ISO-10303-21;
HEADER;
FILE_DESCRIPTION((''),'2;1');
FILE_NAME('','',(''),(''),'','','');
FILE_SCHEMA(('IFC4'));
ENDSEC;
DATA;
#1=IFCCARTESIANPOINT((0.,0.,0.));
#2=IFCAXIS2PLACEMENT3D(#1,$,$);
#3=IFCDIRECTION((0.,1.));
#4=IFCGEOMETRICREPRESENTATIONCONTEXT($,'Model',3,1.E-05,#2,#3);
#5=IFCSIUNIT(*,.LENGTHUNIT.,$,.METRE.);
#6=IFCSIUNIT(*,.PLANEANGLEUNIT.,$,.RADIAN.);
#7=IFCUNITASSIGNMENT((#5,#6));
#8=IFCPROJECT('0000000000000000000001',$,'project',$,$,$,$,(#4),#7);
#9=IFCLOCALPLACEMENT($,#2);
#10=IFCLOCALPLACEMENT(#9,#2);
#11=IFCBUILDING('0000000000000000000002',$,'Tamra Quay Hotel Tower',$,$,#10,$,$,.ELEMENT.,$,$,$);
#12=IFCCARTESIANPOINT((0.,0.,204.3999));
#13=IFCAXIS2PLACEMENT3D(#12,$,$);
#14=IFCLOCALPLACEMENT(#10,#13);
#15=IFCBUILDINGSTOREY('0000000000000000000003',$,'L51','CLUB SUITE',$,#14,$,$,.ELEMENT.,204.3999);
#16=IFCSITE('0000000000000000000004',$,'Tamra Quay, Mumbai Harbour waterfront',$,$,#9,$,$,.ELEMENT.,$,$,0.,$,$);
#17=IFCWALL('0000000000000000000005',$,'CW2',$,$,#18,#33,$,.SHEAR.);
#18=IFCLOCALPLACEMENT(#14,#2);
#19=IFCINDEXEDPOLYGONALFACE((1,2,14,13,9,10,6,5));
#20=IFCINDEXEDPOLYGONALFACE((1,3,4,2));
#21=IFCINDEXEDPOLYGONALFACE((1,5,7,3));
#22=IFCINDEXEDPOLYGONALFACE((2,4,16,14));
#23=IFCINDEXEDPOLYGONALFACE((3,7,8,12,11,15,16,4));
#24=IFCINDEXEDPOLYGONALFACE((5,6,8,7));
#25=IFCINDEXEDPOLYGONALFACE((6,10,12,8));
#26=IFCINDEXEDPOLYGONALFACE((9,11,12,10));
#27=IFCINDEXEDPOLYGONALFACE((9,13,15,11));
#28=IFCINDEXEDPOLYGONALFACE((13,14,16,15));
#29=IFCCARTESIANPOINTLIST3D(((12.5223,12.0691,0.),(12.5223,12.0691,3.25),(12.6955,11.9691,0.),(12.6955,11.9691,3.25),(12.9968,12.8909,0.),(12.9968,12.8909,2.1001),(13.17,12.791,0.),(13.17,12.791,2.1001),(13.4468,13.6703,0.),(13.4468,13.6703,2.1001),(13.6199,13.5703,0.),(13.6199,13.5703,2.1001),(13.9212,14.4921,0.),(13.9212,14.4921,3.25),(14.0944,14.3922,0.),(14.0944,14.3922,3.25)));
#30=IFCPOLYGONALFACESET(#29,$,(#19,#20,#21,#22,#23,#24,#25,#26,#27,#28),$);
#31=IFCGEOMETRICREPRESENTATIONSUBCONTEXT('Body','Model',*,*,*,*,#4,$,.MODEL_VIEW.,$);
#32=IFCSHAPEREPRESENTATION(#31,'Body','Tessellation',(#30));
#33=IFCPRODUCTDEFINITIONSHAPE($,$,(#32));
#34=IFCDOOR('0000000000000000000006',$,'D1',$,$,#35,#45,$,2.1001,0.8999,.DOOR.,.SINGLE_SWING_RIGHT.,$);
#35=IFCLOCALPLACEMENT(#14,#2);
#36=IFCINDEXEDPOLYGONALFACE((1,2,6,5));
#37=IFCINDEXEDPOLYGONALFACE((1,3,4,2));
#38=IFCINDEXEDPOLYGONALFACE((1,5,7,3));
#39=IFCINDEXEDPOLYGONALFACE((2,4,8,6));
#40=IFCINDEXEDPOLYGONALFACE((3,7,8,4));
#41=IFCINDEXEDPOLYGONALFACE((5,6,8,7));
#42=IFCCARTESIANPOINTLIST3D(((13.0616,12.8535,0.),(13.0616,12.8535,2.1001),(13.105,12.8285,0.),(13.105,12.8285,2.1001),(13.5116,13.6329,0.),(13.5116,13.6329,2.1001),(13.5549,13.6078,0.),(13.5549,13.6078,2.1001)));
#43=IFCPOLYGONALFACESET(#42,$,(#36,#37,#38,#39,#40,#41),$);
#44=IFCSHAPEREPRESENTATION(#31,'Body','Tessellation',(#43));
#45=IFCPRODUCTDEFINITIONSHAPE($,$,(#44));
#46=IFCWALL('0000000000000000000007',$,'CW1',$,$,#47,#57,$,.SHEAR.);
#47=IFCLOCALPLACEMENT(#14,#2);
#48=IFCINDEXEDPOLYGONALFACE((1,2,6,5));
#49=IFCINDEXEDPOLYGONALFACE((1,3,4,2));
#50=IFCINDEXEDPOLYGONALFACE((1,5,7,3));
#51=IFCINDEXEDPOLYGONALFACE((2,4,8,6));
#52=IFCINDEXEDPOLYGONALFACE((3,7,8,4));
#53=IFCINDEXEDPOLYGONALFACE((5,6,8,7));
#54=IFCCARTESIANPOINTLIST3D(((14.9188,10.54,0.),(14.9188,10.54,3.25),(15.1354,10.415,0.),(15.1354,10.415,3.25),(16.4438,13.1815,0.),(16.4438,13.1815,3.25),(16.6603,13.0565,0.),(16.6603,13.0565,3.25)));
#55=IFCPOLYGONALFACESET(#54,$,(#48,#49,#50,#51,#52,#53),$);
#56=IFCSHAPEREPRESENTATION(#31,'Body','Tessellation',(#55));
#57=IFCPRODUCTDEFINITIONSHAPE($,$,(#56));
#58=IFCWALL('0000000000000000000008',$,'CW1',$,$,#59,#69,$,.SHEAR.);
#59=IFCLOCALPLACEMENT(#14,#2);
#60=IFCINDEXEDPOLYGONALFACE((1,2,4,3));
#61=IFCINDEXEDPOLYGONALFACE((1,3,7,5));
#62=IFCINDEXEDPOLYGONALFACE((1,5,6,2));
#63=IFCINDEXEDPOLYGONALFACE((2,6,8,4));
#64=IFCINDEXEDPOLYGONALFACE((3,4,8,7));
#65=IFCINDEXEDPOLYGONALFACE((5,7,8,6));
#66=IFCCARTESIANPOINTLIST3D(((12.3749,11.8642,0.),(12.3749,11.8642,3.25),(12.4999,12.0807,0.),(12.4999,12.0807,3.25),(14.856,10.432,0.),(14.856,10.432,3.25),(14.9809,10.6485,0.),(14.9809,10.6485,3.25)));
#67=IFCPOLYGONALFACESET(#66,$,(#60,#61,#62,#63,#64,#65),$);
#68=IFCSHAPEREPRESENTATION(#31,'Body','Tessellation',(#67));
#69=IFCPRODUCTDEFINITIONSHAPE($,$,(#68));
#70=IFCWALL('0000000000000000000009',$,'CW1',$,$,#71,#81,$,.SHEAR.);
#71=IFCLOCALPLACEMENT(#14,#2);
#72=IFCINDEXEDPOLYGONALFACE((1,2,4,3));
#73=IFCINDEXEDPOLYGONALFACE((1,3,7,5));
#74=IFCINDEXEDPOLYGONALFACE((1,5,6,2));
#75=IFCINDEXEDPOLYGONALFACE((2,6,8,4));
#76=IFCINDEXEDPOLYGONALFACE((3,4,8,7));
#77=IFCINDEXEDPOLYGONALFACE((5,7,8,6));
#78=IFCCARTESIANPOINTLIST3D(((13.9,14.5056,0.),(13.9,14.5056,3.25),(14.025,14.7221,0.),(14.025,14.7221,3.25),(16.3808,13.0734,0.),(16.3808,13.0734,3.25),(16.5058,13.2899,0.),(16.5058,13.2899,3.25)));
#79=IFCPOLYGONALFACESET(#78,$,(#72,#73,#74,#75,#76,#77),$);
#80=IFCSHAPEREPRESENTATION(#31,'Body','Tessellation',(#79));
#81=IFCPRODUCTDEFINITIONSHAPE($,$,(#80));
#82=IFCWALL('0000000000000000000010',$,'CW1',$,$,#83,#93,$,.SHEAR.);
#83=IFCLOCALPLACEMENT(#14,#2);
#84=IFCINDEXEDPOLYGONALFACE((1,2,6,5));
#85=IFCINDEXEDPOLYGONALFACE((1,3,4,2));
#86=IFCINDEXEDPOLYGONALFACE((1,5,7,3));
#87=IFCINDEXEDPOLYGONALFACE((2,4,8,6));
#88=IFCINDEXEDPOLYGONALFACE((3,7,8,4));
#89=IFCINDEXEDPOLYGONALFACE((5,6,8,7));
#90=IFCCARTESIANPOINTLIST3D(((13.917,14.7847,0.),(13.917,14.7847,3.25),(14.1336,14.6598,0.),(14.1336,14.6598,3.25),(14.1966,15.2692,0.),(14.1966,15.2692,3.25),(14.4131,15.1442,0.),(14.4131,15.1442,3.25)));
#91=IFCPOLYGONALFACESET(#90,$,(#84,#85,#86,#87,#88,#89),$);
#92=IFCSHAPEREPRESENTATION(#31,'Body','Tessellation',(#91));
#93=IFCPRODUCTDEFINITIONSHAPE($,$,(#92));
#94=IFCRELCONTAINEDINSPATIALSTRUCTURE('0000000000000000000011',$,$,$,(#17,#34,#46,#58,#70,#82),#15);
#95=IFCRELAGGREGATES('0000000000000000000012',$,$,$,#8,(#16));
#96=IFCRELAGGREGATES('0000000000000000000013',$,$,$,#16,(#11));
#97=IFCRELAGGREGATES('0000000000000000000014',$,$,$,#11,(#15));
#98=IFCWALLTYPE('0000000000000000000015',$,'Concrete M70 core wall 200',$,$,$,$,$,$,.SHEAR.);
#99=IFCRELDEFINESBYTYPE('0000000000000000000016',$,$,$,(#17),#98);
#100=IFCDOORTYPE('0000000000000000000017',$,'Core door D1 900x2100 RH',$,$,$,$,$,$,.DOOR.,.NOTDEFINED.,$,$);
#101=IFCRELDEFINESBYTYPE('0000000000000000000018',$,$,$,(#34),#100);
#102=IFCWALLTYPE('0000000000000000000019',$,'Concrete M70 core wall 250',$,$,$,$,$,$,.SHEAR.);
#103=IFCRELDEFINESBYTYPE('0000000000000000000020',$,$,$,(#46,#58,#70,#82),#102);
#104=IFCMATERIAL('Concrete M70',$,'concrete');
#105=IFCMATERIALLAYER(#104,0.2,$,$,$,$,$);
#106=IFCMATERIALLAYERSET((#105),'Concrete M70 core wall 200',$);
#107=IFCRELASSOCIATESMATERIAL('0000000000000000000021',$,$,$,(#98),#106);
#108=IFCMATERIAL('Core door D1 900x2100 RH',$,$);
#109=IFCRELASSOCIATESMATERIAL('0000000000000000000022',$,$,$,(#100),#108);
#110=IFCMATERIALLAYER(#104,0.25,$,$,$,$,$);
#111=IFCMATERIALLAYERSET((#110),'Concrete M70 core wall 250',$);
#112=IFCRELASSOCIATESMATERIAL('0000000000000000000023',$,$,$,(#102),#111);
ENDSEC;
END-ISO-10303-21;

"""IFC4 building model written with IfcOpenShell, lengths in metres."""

from ifc_helpers import new_model, si_unit, direction, frame, frame_2d, origin, place, context, subcontext, project, spatial, rectangle, extrude, material, layer, layer_set, type_object, element, fill, save


model = new_model("IFC4")

# Units and contexts
model_context = context("Model", 3, precision=1e-05, world=origin(), true_north=direction((0.0, 1.0)))
body_context = subcontext(model_context, "Body", "Model", "MODEL_VIEW")
ifc_project = project(units=[si_unit("LENGTHUNIT", "METRE"), si_unit("PLANEANGLEUNIT", "RADIAN")], contexts=[model_context])

# Site, building, storey
site_placement = place(None, origin())
site = spatial("IfcSite", under=ifc_project, at=site_placement, Name="Tamra Quay, Mumbai Harbour waterfront", CompositionType="ELEMENT", RefElevation=0.0)
building_placement = place(site_placement, origin())
building = spatial("IfcBuilding", under=site, at=building_placement, Name="Tamra Quay Hotel Tower", CompositionType="ELEMENT")
storey_placement = place(building_placement, frame((0.0, 0.0, 204.3999)))
storey = spatial("IfcBuildingStorey", under=building, at=storey_placement, Name="L51", Description="CLUB SUITE", CompositionType="ELEMENT", Elevation=204.3999)

# Shared definitions
ifc_material_1 = material(Name="Concrete M70", Category="concrete")

# Wall, opening, door
ifc_layer_1 = layer(ifc_material_1, 0.2)
ifc_layer_set_1 = layer_set([ifc_layer_1], Name="Concrete M70 core wall 200")
wall_type_1 = type_object("IfcWallType", Name="Concrete M70 core wall 200", PredefinedType="SHEAR", material=ifc_layer_set_1)
wall_1_placement = place(storey_placement, frame((14.0078, 14.4421, 0.0), z_axis=(0.0, 0.0, 1.0), x_axis=(-0.499987, -0.866033, 0.0)))
wall_1 = element("IfcWall", 1, at=wall_1_placement, inside=storey, type_object=wall_type_1, Name="CW2", PredefinedType="SHEAR", context=body_context, shape_type="SweptSolid", body=[
    extrude(rectangle(XDim=2.7979, YDim=0.2, at=frame_2d((1.3989, 0.0))), origin(), (0.0, 0.0, 1.0), 3.25),
])
opening_placement = place(wall_1_placement, frame((0.949, 0.0, 0.0)))
opening = element("IfcOpeningElement", 2, at=opening_placement, cuts=wall_1, PredefinedType="OPENING", context=body_context, shape_type="SweptSolid", body=[
    extrude(rectangle(XDim=0.8999, YDim=2.1001, at=frame_2d((0.45, 1.05))), frame((0.0, 0.1099, 0.0), z_axis=(0.0, -1.0, 0.0), x_axis=(1.0, 0.0, 0.0)), (0.0, 0.0, 1.0), 0.22),
])
ifc_material_2 = material(Name="Core door D1 900x2100 RH")
door_type = type_object("IfcDoorType", Name="Core door D1 900x2100 RH", OperationType="NOTDEFINED", PredefinedType="DOOR", material=ifc_material_2)
door_placement = place(opening_placement, origin())
door = element("IfcDoor", 3, at=door_placement, inside=storey, type_object=door_type, Name="D1", OperationType="SINGLE_SWING_RIGHT", OverallHeight=2.1001, OverallWidth=0.8999, PredefinedType="DOOR", context=body_context, shape_type="SweptSolid", body=[
    extrude(rectangle(XDim=0.8999, YDim=2.1001, at=frame_2d((0.45, 1.05))), frame((0.0, 0.0249, 0.0), z_axis=(0.0, -1.0, 0.0), x_axis=(1.0, 0.0, 0.0)), (0.0, 0.0, 1.0), 0.05),
])
fill(opening, door)

# Walls
ifc_layer_2 = layer(ifc_material_1, 0.25)
ifc_layer_set_2 = layer_set([ifc_layer_2], Name="Concrete M70 core wall 250")
wall_type_2 = type_object("IfcWallType", Name="Concrete M70 core wall 250", PredefinedType="SHEAR", material=ifc_layer_set_2)
wall_2_placement = place(storey_placement, frame((16.552, 13.1189, 0.0), z_axis=(0.0, 0.0, 1.0), x_axis=(-0.499979, -0.866038, 0.0)))
element("IfcWall", 4, at=wall_2_placement, inside=storey, type_object=wall_type_2, Name="CW1", PredefinedType="SHEAR", context=body_context, shape_type="SweptSolid", body=[
    extrude(rectangle(XDim=3.05, YDim=0.25, at=frame_2d((1.5249, 0.0))), origin(), (0.0, 0.0, 1.0), 3.25),
])
wall_3_placement = place(storey_placement, frame((14.9185, 10.5403, 0.0), z_axis=(0.0, 0.0, 1.0), x_axis=(-0.866064, 0.499934, 0.0)))
element("IfcWall", 5, at=wall_3_placement, inside=storey, type_object=wall_type_2, Name="CW1", PredefinedType="SHEAR", context=body_context, shape_type="SweptSolid", body=[
    extrude(rectangle(XDim=2.8647, YDim=0.25, at=frame_2d((1.4324, 0.0))), origin(), (0.0, 0.0, 1.0), 3.25),
])
wall_4_placement = place(storey_placement, frame((13.9626, 14.6138, 0.0), z_axis=(0.0, 0.0, 1.0), x_axis=(0.866042, -0.499971, 0.0)))
element("IfcWall", 6, at=wall_4_placement, inside=storey, type_object=wall_type_2, Name="CW1", PredefinedType="SHEAR", context=body_context, shape_type="SweptSolid", body=[
    extrude(rectangle(XDim=2.8645, YDim=0.25, at=frame_2d((1.4321, 0.0))), origin(), (0.0, 0.0, 1.0), 3.25),
])
wall_5_placement = place(storey_placement, frame((14.3049, 15.2068, 0.0), z_axis=(0.0, 0.0, 1.0), x_axis=(-0.499848, -0.866113, 0.0)))
element("IfcWall", 7, at=wall_5_placement, inside=storey, type_object=wall_type_2, Name="CW1", PredefinedType="SHEAR", context=body_context, shape_type="SweptSolid", body=[
    extrude(rectangle(XDim=0.5593, YDim=0.25, at=frame_2d((0.2798, 0.0))), origin(), (0.0, 0.0, 1.0), 3.25),
])

save(model, "model.ifc")
